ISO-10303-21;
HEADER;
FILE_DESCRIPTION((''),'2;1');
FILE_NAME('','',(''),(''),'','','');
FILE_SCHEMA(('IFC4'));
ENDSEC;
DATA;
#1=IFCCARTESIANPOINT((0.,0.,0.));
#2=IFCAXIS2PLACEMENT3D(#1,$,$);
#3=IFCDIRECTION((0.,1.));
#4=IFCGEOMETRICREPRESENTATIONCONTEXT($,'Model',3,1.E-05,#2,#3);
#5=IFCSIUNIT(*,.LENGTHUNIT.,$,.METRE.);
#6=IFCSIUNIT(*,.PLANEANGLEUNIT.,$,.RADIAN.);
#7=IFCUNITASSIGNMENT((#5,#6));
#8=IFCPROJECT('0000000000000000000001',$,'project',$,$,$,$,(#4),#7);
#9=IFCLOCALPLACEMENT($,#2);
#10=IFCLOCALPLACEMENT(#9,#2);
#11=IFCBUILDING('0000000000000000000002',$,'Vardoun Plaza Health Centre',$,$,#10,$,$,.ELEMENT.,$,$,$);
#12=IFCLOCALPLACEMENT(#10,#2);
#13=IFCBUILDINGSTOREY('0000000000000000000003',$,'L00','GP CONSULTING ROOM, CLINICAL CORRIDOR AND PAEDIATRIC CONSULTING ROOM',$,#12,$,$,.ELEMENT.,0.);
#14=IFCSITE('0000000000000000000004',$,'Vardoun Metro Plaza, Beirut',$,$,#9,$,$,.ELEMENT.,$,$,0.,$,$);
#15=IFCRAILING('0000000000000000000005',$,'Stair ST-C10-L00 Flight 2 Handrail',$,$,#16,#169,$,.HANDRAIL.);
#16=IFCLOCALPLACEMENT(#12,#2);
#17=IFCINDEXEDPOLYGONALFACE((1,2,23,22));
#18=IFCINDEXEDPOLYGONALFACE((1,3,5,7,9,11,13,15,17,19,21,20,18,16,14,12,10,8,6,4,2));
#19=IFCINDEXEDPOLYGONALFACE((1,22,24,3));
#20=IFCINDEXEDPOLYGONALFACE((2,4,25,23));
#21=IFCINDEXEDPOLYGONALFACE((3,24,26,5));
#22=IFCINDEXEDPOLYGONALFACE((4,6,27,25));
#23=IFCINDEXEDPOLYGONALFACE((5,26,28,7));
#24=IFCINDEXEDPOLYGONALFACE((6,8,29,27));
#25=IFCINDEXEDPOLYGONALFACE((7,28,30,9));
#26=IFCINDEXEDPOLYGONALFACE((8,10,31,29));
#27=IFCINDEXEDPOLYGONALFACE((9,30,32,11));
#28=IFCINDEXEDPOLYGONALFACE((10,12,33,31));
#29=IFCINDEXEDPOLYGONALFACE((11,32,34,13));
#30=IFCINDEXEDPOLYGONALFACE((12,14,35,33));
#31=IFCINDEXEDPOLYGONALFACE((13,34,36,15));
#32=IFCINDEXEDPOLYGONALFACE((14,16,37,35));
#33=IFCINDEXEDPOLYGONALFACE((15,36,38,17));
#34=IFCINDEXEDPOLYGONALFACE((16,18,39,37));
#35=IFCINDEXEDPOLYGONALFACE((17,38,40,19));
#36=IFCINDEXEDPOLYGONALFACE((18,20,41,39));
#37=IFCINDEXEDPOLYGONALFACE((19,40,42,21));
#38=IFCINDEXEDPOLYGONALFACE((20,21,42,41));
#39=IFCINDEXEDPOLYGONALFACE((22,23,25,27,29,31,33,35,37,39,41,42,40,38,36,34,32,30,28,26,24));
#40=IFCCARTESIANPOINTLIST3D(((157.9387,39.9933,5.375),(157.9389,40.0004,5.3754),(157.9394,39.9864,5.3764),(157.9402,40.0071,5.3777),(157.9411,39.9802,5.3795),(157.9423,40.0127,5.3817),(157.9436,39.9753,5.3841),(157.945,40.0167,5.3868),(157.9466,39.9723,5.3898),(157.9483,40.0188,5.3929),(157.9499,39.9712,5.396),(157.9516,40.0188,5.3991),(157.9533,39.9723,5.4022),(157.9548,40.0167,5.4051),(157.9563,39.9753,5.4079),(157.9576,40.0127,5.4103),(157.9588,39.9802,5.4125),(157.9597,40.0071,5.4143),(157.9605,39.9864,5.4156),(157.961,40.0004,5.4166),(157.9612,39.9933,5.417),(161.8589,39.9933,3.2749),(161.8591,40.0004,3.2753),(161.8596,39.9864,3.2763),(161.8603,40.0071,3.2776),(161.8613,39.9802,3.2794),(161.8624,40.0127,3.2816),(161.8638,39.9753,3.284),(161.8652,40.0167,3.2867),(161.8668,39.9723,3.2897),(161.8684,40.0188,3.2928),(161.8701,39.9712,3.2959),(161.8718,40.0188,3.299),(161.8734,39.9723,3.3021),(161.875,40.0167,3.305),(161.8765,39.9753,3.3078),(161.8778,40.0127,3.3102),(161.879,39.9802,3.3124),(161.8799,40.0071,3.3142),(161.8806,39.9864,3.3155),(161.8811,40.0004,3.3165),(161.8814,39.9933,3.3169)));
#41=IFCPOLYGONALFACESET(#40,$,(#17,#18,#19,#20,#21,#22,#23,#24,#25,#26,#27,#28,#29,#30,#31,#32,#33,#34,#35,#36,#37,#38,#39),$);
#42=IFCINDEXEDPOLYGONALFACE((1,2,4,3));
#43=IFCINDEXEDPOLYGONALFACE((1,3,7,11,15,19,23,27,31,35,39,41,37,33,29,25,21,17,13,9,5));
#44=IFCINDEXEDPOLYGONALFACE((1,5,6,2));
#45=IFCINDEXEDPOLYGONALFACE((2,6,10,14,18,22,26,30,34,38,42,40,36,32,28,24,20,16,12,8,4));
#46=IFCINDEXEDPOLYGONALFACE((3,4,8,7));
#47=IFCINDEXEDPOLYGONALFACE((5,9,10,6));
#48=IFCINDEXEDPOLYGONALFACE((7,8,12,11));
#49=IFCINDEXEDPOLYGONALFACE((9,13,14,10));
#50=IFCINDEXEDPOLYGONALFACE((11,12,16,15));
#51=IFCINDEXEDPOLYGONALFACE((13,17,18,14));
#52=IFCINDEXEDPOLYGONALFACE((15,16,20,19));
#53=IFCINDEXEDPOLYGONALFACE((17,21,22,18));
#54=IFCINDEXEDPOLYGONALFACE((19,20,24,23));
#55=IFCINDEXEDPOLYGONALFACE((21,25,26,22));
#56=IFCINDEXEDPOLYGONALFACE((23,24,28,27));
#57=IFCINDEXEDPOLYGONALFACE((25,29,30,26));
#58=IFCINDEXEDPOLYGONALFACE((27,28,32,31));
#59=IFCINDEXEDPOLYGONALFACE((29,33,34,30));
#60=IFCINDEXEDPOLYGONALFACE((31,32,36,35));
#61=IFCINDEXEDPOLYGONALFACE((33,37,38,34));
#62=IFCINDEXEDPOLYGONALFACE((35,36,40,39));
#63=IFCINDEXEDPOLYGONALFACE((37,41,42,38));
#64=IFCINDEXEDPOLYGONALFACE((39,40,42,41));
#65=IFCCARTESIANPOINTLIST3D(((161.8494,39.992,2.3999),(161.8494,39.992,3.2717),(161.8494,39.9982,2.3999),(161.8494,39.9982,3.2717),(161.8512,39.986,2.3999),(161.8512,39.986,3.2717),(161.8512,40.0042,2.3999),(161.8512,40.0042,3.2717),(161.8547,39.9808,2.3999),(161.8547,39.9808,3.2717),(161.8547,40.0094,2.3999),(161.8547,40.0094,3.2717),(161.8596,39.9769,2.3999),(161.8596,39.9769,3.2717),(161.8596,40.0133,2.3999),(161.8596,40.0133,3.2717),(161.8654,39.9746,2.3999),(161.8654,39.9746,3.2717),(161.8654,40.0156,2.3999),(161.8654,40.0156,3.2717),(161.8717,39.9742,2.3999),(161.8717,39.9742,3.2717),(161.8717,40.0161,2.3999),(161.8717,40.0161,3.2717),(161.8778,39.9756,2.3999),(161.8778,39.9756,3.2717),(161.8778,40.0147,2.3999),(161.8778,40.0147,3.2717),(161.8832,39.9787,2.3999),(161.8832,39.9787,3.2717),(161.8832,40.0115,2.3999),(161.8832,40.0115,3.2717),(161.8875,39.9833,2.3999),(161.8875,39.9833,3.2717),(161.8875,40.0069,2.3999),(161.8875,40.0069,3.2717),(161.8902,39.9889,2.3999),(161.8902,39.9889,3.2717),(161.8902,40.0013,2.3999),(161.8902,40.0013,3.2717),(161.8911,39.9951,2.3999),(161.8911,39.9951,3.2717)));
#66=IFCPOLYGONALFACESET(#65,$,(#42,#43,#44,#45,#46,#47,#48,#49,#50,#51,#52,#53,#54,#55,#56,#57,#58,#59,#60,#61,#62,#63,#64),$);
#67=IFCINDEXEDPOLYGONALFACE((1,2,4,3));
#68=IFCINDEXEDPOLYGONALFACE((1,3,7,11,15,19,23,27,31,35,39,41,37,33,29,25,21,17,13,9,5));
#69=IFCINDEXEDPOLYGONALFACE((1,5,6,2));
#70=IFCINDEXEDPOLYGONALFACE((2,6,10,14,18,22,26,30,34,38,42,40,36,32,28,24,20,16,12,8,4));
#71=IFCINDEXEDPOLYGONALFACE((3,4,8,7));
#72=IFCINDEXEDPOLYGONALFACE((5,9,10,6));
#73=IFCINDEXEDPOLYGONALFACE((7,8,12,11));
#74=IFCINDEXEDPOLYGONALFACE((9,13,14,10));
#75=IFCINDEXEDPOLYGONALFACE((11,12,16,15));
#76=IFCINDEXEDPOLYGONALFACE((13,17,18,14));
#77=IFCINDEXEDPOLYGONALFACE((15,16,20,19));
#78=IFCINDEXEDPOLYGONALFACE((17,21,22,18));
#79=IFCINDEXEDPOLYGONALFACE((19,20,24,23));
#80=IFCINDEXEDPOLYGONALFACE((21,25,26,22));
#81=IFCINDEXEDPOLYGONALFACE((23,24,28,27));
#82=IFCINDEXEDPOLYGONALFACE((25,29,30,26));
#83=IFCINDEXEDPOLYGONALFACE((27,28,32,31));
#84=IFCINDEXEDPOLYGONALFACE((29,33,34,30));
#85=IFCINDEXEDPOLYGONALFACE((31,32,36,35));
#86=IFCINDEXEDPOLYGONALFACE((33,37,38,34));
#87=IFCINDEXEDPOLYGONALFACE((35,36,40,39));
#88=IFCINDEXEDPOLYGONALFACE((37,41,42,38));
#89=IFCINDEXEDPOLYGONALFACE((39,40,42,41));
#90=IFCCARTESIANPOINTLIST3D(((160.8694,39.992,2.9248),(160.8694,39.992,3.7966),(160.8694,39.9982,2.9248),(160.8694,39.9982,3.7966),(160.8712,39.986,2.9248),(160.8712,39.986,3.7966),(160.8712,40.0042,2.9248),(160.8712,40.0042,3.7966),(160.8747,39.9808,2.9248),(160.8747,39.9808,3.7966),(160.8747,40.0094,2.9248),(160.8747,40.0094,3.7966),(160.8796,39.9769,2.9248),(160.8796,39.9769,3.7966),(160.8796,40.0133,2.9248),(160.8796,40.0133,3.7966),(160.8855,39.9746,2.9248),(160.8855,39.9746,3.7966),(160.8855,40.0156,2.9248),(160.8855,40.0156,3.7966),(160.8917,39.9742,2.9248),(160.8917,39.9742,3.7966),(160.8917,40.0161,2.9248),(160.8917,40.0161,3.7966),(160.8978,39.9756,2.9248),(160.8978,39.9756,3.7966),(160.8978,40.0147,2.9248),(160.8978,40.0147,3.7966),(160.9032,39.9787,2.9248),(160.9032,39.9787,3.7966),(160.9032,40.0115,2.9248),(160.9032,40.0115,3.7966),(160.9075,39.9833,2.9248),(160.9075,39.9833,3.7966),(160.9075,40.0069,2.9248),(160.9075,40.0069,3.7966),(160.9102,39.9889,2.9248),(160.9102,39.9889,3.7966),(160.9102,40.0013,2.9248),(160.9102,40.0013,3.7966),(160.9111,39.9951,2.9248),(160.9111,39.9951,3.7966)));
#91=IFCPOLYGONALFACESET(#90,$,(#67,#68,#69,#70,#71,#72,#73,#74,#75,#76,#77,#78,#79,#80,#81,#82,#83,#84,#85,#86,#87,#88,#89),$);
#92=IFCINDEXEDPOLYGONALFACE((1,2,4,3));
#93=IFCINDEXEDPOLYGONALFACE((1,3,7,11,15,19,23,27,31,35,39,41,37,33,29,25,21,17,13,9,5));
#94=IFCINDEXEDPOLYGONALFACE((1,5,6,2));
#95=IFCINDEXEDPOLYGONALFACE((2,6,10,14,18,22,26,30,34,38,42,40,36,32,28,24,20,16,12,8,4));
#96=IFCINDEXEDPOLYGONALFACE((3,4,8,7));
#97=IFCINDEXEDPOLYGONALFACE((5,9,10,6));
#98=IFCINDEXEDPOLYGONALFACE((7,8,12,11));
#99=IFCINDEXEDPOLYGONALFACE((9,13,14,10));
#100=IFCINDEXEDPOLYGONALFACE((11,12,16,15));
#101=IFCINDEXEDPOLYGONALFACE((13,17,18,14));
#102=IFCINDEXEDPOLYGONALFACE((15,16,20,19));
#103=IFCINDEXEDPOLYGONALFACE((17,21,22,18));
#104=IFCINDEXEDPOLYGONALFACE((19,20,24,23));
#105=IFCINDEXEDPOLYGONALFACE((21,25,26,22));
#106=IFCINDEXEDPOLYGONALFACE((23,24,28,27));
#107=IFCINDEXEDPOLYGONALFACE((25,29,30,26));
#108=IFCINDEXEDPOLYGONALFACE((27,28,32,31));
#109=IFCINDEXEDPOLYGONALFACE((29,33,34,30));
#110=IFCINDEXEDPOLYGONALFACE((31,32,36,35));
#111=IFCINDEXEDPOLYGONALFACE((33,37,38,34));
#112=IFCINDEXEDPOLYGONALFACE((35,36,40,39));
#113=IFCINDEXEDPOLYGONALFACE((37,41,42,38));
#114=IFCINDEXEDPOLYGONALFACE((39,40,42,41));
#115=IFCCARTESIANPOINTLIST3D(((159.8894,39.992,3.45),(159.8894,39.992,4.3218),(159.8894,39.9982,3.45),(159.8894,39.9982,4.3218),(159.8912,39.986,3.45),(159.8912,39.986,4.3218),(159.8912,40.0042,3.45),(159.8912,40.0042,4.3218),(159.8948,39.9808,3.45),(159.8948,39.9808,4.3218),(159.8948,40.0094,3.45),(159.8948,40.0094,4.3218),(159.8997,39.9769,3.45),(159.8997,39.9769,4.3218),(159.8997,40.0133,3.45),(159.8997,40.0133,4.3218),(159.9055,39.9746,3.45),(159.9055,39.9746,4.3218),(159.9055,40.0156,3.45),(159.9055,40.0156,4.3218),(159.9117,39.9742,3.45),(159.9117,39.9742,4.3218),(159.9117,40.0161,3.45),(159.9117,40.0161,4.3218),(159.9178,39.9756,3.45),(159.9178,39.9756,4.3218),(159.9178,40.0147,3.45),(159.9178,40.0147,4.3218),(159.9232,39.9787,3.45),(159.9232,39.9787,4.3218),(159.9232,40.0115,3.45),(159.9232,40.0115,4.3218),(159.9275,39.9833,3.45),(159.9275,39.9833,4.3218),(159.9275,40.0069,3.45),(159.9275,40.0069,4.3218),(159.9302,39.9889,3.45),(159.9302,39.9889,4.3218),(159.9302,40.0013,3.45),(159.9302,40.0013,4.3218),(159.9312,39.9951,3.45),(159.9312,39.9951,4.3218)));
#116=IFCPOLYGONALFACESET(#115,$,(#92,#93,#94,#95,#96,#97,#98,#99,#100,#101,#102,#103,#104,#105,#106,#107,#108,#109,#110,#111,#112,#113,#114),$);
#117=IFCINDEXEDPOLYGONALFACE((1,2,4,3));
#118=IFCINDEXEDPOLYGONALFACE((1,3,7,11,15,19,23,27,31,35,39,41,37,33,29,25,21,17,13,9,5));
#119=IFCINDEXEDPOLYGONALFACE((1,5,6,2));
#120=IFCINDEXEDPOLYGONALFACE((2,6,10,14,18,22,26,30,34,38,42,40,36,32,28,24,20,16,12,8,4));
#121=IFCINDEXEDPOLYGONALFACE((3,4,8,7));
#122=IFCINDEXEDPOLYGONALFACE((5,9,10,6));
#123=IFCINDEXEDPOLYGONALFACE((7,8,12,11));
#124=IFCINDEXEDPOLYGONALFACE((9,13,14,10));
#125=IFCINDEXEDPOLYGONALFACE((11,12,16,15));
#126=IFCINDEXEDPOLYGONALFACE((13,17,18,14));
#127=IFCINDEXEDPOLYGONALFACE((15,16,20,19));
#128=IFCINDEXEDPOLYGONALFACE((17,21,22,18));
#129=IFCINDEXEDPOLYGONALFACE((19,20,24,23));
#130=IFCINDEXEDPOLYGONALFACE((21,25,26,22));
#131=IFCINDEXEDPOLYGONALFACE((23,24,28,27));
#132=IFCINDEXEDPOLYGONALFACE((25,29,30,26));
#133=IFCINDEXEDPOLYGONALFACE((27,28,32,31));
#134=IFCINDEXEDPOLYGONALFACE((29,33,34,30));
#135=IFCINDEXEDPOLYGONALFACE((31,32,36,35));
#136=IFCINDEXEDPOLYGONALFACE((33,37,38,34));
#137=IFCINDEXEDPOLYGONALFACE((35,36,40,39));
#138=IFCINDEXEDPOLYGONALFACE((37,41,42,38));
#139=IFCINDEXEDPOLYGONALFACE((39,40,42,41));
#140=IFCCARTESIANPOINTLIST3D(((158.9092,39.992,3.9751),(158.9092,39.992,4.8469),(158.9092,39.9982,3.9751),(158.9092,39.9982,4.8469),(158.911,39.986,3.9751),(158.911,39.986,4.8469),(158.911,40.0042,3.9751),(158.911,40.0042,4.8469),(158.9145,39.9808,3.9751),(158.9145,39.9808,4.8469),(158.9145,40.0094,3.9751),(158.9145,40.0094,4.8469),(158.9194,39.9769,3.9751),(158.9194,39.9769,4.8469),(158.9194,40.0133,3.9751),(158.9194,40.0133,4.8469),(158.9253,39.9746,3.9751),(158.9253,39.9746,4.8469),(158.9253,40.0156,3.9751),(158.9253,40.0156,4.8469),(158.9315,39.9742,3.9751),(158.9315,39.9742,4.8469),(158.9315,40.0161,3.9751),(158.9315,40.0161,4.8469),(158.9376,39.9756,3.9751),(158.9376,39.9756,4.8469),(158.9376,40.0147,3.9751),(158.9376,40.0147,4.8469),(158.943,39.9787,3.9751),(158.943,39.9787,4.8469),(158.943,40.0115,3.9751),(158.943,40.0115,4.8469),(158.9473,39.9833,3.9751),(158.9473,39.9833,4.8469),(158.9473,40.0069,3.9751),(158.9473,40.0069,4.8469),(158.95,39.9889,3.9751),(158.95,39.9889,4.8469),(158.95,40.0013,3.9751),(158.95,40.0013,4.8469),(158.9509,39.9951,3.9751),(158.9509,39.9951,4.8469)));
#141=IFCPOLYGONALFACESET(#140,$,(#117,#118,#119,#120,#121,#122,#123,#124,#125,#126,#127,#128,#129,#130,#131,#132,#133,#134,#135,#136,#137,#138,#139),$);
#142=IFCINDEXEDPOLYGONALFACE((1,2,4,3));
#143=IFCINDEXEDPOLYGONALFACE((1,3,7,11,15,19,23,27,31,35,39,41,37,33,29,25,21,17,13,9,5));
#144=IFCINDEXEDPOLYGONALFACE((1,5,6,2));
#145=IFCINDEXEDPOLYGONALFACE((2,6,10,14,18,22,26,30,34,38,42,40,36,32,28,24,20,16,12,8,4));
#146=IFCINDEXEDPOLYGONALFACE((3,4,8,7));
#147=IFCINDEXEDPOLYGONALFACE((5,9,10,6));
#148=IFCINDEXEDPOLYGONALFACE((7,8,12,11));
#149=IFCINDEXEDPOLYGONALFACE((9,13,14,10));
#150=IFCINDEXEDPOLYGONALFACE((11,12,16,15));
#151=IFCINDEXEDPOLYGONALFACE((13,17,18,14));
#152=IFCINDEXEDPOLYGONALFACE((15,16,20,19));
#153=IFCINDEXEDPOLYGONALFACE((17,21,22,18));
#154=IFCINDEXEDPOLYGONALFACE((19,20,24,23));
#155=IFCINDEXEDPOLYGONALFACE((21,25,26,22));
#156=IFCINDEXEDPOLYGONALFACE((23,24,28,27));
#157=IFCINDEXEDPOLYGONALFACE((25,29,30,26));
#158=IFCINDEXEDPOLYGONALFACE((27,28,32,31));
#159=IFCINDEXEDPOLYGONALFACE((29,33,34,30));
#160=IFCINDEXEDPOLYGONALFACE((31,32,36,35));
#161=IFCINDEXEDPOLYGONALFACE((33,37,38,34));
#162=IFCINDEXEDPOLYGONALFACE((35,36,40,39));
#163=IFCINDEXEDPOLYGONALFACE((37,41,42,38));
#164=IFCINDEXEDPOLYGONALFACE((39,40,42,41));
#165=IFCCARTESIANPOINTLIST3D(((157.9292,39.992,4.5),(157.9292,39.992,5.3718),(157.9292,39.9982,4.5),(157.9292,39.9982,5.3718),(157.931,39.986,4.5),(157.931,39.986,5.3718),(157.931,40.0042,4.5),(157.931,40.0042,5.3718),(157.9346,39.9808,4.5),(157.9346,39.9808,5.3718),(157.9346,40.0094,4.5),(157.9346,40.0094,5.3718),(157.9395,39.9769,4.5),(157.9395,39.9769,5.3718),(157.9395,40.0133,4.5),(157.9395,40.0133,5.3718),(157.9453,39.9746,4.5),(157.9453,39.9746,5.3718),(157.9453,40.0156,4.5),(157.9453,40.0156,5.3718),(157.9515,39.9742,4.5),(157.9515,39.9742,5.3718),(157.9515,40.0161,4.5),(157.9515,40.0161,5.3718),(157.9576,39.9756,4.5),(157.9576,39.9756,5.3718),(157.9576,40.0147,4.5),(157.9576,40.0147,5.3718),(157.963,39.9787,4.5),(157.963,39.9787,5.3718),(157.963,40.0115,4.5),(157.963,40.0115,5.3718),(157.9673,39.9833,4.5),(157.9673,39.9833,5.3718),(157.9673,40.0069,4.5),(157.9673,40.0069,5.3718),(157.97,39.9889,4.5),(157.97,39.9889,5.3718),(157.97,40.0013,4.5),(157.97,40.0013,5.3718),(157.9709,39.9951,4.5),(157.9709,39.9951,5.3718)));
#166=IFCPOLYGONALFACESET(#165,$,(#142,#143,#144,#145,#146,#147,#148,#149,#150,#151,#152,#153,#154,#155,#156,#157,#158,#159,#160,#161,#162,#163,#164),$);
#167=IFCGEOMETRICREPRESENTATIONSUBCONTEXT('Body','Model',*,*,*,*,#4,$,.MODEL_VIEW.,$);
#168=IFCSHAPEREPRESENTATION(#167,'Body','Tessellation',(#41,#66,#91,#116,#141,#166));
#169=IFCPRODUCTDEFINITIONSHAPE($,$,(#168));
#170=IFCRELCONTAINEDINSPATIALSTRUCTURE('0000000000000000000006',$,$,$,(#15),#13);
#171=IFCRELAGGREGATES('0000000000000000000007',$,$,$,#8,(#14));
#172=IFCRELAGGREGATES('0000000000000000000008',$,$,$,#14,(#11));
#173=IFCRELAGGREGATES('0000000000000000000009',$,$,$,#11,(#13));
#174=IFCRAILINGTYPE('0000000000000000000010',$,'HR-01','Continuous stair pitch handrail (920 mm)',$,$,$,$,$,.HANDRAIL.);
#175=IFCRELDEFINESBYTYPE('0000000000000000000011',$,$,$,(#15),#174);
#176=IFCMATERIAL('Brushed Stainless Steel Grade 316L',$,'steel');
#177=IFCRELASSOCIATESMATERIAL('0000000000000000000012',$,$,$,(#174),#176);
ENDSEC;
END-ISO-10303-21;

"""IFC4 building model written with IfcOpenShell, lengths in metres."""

from ifc_helpers import new_model, si_unit, direction, frame, origin, origin_2d, place, context, subcontext, project, spatial, circle, extrude, material, type_object, element, save


model = new_model("IFC4")

# Units and contexts
model_context = context("Model", 3, precision=1e-05, world=origin(), true_north=direction((0.0, 1.0)))
body_context = subcontext(model_context, "Body", "Model", "MODEL_VIEW")
ifc_project = project(units=[si_unit("LENGTHUNIT", "METRE"), si_unit("PLANEANGLEUNIT", "RADIAN")], contexts=[model_context])

# Site, building, storey
site_placement = place(None, origin())
site = spatial("IfcSite", under=ifc_project, at=site_placement, Name="Vardoun Metro Plaza, Beirut", CompositionType="ELEMENT", RefElevation=0.0)
building_placement = place(site_placement, origin())
building = spatial("IfcBuilding", under=site, at=building_placement, Name="Vardoun Plaza Health Centre", CompositionType="ELEMENT")
storey_placement = place(building_placement, origin())
storey = spatial("IfcBuildingStorey", under=building, at=storey_placement, Name="L00", Description="GP CONSULTING ROOM, CLINICAL CORRIDOR AND PAEDIATRIC CONSULTING ROOM", CompositionType="ELEMENT", Elevation=0.0)

# Railing
ifc_material_1 = material(Name="Brushed Stainless Steel Grade 316L", Category="steel")
railing_type_1 = type_object("IfcRailingType", Name="HR-01", Description="Continuous stair pitch handrail (920 mm)", PredefinedType="HANDRAIL", material=ifc_material_1)
railing_1_placement = place(storey_placement, frame((161.8701, 39.9951, 2.3999)))
element("IfcRailing", 1, at=railing_1_placement, inside=storey, type_object=railing_type_1, Name="Stair ST-C10-L00 Flight 2 Handrail", PredefinedType="HANDRAIL", context=body_context, shape_type="SweptSolid", body=[
    extrude(circle(Radius=0.0239, at=origin_2d()), frame((0.0, 0.0, 0.896), z_axis=(-0.881479, 0.0, 0.472223), x_axis=(0.0, -1.0, 0.0)), (0.0, 0.0, 1.0), 4.4473),
    extrude(circle(Radius=0.021, at=origin_2d()), origin(), (0.0, 0.0, 1.0), 0.8718),
    extrude(circle(Radius=0.021, at=origin_2d()), frame((-0.98, 0.0, 0.5249)), (0.0, 0.0, 1.0), 0.8718),
    extrude(circle(Radius=0.021, at=origin_2d()), frame((-1.96, 0.0, 1.05)), (0.0, 0.0, 1.0), 0.8718),
    extrude(circle(Radius=0.021, at=origin_2d()), frame((-2.9402, 0.0, 1.5752)), (0.0, 0.0, 1.0), 0.8718),
    extrude(circle(Radius=0.021, at=origin_2d()), frame((-3.9202, 0.0, 2.1001)), (0.0, 0.0, 1.0), 0.8718),
])

save(model, "model.ifc")
